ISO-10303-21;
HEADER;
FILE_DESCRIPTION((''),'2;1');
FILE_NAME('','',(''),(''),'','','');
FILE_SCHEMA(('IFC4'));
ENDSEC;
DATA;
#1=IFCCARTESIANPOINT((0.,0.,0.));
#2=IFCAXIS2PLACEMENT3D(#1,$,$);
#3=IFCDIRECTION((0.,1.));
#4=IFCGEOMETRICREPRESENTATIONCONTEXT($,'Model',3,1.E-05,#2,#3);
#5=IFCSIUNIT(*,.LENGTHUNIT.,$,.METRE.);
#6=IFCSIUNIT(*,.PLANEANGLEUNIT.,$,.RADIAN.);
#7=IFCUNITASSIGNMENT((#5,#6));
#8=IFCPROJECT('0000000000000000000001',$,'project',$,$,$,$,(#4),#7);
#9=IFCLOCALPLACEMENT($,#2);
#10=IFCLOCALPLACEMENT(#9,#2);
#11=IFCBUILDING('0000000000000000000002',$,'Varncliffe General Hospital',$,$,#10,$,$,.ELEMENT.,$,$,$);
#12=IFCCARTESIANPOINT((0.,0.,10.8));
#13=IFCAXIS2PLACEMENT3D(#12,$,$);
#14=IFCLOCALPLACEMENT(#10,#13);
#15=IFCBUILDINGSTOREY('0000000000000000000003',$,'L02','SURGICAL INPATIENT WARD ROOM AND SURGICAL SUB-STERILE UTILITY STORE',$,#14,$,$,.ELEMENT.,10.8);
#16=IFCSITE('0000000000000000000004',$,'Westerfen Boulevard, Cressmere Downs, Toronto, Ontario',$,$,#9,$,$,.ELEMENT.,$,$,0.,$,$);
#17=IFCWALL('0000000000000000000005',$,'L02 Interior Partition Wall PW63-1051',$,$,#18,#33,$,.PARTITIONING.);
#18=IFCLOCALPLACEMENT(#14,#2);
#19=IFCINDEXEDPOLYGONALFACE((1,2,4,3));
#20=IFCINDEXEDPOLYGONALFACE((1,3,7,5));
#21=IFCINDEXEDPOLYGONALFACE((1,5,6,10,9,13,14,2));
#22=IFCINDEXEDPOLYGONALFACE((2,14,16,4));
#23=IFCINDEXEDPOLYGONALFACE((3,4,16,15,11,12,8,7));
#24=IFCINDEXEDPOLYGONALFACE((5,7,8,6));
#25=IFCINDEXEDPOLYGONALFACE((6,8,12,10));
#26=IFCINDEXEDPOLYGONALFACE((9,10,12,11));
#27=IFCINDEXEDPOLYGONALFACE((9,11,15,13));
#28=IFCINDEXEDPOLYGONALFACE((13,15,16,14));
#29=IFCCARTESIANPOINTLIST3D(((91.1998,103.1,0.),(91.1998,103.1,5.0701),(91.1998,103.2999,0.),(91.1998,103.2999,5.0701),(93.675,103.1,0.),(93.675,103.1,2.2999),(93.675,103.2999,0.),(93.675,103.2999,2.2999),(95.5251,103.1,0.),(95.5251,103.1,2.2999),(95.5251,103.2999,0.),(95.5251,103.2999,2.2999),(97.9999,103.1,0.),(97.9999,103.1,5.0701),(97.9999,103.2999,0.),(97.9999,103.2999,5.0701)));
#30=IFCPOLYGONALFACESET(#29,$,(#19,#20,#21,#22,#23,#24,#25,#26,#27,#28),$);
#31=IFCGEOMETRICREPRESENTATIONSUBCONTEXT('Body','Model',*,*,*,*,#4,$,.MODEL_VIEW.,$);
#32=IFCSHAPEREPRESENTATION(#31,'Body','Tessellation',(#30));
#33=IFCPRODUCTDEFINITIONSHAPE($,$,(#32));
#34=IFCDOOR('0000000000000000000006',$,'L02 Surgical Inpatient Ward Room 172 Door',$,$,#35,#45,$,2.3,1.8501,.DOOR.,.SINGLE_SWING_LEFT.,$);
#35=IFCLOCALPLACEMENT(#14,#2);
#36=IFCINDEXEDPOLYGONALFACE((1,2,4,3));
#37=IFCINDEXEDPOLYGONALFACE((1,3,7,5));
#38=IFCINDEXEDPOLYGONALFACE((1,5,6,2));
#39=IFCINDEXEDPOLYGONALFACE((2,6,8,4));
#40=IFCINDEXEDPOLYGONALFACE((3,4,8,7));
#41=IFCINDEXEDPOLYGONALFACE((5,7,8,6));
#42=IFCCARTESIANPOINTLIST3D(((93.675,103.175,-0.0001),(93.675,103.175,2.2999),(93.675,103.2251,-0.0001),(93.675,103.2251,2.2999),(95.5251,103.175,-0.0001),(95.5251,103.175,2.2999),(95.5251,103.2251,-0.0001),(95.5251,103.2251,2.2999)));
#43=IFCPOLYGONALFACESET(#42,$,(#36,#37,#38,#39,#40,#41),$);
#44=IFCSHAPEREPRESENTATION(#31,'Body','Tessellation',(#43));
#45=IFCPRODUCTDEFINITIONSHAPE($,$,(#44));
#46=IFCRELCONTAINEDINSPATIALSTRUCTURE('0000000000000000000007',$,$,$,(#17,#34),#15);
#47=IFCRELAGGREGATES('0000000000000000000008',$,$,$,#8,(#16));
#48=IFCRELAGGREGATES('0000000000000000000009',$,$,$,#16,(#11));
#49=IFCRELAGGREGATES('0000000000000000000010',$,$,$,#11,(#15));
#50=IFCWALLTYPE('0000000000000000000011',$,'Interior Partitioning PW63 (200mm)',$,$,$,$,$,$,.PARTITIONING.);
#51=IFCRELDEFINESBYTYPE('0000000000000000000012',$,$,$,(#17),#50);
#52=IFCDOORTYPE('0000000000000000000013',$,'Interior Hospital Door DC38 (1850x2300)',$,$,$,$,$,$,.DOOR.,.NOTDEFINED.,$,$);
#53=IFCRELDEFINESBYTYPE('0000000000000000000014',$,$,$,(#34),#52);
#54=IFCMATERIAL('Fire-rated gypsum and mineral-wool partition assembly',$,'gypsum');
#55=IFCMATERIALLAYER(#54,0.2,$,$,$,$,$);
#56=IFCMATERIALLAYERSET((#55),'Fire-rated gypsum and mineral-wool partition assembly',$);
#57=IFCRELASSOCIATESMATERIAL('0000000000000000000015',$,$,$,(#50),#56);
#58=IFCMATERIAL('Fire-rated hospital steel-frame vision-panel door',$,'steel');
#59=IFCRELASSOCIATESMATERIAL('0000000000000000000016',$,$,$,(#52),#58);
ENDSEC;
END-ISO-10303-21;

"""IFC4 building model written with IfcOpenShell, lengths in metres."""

from ifc_helpers import new_model, si_unit, direction, frame, frame_2d, origin, place, context, subcontext, project, spatial, rectangle, extrude, material, layer, layer_set, type_object, element, fill, save


model = new_model("IFC4")

# Units and contexts
model_context = context("Model", 3, precision=1e-05, world=origin(), true_north=direction((0.0, 1.0)))
body_context = subcontext(model_context, "Body", "Model", "MODEL_VIEW")
ifc_project = project(units=[si_unit("LENGTHUNIT", "METRE"), si_unit("PLANEANGLEUNIT", "RADIAN")], contexts=[model_context])

# Site, building, storey
site_placement = place(None, origin())
site = spatial("IfcSite", under=ifc_project, at=site_placement, Name="Westerfen Boulevard, Cressmere Downs, Toronto, Ontario", CompositionType="ELEMENT", RefElevation=0.0)
building_placement = place(site_placement, origin())
building = spatial("IfcBuilding", under=site, at=building_placement, Name="Varncliffe General Hospital", CompositionType="ELEMENT")
storey_placement = place(building_placement, frame((0.0, 0.0, 10.8)))
storey = spatial("IfcBuildingStorey", under=building, at=storey_placement, Name="L02", Description="SURGICAL INPATIENT WARD ROOM AND SURGICAL SUB-STERILE UTILITY STORE", CompositionType="ELEMENT", Elevation=10.8)

# Wall, opening, door
ifc_material_1 = material(Name="Fire-rated gypsum and mineral-wool partition assembly", Category="gypsum")
ifc_material_2 = material(Name="Fire-rated hospital steel-frame vision-panel door", Category="steel")
ifc_layer_1 = layer(ifc_material_1, 0.2)
ifc_layer_set_1 = layer_set([ifc_layer_1], Name="Fire-rated gypsum and mineral-wool partition assembly")
wall_type_1 = type_object("IfcWallType", Name="Interior Partitioning PW63 (200mm)", PredefinedType="PARTITIONING", material=ifc_layer_set_1)
wall_1_placement = place(storey_placement, frame((91.2, 103.2, 0.0), z_axis=(0.0, 0.0, 1.0), x_axis=(1.0, 0.0, 0.0)))
wall_1 = element("IfcWall", 1, at=wall_1_placement, inside=storey, type_object=wall_type_1, Name="L02 Interior Partition Wall PW63-1051", PredefinedType="PARTITIONING", context=body_context, shape_type="SweptSolid", body=[
    extrude(rectangle(XDim=6.8, YDim=0.2, at=frame_2d((3.3999, 0.0))), origin(), (0.0, 0.0, 1.0), 5.0701),
])
opening_1_placement = place(wall_1_placement, frame((2.4751, 0.0, 0.0)))
opening_1 = element("IfcOpeningElement", 2, at=opening_1_placement, cuts=wall_1, PredefinedType="OPENING", context=body_context, shape_type="SweptSolid", body=[
    extrude(rectangle(XDim=1.8501, YDim=2.3, at=frame_2d((0.925, 1.1499))), frame((0.0, 0.1099, 0.0), z_axis=(0.0, -1.0, 0.0), x_axis=(1.0, 0.0, 0.0)), (0.0, 0.0, 1.0), 0.22),
])
door_type_1 = type_object("IfcDoorType", Name="Interior Hospital Door DC38 (1850x2300)", OperationType="NOTDEFINED", PredefinedType="DOOR", material=ifc_material_2)
door_1_placement = place(opening_1_placement, frame((1.8501, 0.0, 0.0), z_axis=(0.0, 0.0, 1.0), x_axis=(-1.0, 0.0, 0.0)))
door_1 = element("IfcDoor", 3, at=door_1_placement, inside=storey, type_object=door_type_1, Name="L02 Surgical Inpatient Ward Room 172 Door", OperationType="SINGLE_SWING_LEFT", OverallHeight=2.3, OverallWidth=1.8501, PredefinedType="DOOR", context=body_context, shape_type="SweptSolid", body=[
    extrude(rectangle(XDim=1.8501, YDim=2.3, at=frame_2d((0.925, 1.1499))), frame((0.0, 0.0249, 0.0), z_axis=(0.0, -1.0, 0.0), x_axis=(1.0, 0.0, 0.0)), (0.0, 0.0, 1.0), 0.05),
])
fill(opening_1, door_1)

save(model, "model.ifc")
